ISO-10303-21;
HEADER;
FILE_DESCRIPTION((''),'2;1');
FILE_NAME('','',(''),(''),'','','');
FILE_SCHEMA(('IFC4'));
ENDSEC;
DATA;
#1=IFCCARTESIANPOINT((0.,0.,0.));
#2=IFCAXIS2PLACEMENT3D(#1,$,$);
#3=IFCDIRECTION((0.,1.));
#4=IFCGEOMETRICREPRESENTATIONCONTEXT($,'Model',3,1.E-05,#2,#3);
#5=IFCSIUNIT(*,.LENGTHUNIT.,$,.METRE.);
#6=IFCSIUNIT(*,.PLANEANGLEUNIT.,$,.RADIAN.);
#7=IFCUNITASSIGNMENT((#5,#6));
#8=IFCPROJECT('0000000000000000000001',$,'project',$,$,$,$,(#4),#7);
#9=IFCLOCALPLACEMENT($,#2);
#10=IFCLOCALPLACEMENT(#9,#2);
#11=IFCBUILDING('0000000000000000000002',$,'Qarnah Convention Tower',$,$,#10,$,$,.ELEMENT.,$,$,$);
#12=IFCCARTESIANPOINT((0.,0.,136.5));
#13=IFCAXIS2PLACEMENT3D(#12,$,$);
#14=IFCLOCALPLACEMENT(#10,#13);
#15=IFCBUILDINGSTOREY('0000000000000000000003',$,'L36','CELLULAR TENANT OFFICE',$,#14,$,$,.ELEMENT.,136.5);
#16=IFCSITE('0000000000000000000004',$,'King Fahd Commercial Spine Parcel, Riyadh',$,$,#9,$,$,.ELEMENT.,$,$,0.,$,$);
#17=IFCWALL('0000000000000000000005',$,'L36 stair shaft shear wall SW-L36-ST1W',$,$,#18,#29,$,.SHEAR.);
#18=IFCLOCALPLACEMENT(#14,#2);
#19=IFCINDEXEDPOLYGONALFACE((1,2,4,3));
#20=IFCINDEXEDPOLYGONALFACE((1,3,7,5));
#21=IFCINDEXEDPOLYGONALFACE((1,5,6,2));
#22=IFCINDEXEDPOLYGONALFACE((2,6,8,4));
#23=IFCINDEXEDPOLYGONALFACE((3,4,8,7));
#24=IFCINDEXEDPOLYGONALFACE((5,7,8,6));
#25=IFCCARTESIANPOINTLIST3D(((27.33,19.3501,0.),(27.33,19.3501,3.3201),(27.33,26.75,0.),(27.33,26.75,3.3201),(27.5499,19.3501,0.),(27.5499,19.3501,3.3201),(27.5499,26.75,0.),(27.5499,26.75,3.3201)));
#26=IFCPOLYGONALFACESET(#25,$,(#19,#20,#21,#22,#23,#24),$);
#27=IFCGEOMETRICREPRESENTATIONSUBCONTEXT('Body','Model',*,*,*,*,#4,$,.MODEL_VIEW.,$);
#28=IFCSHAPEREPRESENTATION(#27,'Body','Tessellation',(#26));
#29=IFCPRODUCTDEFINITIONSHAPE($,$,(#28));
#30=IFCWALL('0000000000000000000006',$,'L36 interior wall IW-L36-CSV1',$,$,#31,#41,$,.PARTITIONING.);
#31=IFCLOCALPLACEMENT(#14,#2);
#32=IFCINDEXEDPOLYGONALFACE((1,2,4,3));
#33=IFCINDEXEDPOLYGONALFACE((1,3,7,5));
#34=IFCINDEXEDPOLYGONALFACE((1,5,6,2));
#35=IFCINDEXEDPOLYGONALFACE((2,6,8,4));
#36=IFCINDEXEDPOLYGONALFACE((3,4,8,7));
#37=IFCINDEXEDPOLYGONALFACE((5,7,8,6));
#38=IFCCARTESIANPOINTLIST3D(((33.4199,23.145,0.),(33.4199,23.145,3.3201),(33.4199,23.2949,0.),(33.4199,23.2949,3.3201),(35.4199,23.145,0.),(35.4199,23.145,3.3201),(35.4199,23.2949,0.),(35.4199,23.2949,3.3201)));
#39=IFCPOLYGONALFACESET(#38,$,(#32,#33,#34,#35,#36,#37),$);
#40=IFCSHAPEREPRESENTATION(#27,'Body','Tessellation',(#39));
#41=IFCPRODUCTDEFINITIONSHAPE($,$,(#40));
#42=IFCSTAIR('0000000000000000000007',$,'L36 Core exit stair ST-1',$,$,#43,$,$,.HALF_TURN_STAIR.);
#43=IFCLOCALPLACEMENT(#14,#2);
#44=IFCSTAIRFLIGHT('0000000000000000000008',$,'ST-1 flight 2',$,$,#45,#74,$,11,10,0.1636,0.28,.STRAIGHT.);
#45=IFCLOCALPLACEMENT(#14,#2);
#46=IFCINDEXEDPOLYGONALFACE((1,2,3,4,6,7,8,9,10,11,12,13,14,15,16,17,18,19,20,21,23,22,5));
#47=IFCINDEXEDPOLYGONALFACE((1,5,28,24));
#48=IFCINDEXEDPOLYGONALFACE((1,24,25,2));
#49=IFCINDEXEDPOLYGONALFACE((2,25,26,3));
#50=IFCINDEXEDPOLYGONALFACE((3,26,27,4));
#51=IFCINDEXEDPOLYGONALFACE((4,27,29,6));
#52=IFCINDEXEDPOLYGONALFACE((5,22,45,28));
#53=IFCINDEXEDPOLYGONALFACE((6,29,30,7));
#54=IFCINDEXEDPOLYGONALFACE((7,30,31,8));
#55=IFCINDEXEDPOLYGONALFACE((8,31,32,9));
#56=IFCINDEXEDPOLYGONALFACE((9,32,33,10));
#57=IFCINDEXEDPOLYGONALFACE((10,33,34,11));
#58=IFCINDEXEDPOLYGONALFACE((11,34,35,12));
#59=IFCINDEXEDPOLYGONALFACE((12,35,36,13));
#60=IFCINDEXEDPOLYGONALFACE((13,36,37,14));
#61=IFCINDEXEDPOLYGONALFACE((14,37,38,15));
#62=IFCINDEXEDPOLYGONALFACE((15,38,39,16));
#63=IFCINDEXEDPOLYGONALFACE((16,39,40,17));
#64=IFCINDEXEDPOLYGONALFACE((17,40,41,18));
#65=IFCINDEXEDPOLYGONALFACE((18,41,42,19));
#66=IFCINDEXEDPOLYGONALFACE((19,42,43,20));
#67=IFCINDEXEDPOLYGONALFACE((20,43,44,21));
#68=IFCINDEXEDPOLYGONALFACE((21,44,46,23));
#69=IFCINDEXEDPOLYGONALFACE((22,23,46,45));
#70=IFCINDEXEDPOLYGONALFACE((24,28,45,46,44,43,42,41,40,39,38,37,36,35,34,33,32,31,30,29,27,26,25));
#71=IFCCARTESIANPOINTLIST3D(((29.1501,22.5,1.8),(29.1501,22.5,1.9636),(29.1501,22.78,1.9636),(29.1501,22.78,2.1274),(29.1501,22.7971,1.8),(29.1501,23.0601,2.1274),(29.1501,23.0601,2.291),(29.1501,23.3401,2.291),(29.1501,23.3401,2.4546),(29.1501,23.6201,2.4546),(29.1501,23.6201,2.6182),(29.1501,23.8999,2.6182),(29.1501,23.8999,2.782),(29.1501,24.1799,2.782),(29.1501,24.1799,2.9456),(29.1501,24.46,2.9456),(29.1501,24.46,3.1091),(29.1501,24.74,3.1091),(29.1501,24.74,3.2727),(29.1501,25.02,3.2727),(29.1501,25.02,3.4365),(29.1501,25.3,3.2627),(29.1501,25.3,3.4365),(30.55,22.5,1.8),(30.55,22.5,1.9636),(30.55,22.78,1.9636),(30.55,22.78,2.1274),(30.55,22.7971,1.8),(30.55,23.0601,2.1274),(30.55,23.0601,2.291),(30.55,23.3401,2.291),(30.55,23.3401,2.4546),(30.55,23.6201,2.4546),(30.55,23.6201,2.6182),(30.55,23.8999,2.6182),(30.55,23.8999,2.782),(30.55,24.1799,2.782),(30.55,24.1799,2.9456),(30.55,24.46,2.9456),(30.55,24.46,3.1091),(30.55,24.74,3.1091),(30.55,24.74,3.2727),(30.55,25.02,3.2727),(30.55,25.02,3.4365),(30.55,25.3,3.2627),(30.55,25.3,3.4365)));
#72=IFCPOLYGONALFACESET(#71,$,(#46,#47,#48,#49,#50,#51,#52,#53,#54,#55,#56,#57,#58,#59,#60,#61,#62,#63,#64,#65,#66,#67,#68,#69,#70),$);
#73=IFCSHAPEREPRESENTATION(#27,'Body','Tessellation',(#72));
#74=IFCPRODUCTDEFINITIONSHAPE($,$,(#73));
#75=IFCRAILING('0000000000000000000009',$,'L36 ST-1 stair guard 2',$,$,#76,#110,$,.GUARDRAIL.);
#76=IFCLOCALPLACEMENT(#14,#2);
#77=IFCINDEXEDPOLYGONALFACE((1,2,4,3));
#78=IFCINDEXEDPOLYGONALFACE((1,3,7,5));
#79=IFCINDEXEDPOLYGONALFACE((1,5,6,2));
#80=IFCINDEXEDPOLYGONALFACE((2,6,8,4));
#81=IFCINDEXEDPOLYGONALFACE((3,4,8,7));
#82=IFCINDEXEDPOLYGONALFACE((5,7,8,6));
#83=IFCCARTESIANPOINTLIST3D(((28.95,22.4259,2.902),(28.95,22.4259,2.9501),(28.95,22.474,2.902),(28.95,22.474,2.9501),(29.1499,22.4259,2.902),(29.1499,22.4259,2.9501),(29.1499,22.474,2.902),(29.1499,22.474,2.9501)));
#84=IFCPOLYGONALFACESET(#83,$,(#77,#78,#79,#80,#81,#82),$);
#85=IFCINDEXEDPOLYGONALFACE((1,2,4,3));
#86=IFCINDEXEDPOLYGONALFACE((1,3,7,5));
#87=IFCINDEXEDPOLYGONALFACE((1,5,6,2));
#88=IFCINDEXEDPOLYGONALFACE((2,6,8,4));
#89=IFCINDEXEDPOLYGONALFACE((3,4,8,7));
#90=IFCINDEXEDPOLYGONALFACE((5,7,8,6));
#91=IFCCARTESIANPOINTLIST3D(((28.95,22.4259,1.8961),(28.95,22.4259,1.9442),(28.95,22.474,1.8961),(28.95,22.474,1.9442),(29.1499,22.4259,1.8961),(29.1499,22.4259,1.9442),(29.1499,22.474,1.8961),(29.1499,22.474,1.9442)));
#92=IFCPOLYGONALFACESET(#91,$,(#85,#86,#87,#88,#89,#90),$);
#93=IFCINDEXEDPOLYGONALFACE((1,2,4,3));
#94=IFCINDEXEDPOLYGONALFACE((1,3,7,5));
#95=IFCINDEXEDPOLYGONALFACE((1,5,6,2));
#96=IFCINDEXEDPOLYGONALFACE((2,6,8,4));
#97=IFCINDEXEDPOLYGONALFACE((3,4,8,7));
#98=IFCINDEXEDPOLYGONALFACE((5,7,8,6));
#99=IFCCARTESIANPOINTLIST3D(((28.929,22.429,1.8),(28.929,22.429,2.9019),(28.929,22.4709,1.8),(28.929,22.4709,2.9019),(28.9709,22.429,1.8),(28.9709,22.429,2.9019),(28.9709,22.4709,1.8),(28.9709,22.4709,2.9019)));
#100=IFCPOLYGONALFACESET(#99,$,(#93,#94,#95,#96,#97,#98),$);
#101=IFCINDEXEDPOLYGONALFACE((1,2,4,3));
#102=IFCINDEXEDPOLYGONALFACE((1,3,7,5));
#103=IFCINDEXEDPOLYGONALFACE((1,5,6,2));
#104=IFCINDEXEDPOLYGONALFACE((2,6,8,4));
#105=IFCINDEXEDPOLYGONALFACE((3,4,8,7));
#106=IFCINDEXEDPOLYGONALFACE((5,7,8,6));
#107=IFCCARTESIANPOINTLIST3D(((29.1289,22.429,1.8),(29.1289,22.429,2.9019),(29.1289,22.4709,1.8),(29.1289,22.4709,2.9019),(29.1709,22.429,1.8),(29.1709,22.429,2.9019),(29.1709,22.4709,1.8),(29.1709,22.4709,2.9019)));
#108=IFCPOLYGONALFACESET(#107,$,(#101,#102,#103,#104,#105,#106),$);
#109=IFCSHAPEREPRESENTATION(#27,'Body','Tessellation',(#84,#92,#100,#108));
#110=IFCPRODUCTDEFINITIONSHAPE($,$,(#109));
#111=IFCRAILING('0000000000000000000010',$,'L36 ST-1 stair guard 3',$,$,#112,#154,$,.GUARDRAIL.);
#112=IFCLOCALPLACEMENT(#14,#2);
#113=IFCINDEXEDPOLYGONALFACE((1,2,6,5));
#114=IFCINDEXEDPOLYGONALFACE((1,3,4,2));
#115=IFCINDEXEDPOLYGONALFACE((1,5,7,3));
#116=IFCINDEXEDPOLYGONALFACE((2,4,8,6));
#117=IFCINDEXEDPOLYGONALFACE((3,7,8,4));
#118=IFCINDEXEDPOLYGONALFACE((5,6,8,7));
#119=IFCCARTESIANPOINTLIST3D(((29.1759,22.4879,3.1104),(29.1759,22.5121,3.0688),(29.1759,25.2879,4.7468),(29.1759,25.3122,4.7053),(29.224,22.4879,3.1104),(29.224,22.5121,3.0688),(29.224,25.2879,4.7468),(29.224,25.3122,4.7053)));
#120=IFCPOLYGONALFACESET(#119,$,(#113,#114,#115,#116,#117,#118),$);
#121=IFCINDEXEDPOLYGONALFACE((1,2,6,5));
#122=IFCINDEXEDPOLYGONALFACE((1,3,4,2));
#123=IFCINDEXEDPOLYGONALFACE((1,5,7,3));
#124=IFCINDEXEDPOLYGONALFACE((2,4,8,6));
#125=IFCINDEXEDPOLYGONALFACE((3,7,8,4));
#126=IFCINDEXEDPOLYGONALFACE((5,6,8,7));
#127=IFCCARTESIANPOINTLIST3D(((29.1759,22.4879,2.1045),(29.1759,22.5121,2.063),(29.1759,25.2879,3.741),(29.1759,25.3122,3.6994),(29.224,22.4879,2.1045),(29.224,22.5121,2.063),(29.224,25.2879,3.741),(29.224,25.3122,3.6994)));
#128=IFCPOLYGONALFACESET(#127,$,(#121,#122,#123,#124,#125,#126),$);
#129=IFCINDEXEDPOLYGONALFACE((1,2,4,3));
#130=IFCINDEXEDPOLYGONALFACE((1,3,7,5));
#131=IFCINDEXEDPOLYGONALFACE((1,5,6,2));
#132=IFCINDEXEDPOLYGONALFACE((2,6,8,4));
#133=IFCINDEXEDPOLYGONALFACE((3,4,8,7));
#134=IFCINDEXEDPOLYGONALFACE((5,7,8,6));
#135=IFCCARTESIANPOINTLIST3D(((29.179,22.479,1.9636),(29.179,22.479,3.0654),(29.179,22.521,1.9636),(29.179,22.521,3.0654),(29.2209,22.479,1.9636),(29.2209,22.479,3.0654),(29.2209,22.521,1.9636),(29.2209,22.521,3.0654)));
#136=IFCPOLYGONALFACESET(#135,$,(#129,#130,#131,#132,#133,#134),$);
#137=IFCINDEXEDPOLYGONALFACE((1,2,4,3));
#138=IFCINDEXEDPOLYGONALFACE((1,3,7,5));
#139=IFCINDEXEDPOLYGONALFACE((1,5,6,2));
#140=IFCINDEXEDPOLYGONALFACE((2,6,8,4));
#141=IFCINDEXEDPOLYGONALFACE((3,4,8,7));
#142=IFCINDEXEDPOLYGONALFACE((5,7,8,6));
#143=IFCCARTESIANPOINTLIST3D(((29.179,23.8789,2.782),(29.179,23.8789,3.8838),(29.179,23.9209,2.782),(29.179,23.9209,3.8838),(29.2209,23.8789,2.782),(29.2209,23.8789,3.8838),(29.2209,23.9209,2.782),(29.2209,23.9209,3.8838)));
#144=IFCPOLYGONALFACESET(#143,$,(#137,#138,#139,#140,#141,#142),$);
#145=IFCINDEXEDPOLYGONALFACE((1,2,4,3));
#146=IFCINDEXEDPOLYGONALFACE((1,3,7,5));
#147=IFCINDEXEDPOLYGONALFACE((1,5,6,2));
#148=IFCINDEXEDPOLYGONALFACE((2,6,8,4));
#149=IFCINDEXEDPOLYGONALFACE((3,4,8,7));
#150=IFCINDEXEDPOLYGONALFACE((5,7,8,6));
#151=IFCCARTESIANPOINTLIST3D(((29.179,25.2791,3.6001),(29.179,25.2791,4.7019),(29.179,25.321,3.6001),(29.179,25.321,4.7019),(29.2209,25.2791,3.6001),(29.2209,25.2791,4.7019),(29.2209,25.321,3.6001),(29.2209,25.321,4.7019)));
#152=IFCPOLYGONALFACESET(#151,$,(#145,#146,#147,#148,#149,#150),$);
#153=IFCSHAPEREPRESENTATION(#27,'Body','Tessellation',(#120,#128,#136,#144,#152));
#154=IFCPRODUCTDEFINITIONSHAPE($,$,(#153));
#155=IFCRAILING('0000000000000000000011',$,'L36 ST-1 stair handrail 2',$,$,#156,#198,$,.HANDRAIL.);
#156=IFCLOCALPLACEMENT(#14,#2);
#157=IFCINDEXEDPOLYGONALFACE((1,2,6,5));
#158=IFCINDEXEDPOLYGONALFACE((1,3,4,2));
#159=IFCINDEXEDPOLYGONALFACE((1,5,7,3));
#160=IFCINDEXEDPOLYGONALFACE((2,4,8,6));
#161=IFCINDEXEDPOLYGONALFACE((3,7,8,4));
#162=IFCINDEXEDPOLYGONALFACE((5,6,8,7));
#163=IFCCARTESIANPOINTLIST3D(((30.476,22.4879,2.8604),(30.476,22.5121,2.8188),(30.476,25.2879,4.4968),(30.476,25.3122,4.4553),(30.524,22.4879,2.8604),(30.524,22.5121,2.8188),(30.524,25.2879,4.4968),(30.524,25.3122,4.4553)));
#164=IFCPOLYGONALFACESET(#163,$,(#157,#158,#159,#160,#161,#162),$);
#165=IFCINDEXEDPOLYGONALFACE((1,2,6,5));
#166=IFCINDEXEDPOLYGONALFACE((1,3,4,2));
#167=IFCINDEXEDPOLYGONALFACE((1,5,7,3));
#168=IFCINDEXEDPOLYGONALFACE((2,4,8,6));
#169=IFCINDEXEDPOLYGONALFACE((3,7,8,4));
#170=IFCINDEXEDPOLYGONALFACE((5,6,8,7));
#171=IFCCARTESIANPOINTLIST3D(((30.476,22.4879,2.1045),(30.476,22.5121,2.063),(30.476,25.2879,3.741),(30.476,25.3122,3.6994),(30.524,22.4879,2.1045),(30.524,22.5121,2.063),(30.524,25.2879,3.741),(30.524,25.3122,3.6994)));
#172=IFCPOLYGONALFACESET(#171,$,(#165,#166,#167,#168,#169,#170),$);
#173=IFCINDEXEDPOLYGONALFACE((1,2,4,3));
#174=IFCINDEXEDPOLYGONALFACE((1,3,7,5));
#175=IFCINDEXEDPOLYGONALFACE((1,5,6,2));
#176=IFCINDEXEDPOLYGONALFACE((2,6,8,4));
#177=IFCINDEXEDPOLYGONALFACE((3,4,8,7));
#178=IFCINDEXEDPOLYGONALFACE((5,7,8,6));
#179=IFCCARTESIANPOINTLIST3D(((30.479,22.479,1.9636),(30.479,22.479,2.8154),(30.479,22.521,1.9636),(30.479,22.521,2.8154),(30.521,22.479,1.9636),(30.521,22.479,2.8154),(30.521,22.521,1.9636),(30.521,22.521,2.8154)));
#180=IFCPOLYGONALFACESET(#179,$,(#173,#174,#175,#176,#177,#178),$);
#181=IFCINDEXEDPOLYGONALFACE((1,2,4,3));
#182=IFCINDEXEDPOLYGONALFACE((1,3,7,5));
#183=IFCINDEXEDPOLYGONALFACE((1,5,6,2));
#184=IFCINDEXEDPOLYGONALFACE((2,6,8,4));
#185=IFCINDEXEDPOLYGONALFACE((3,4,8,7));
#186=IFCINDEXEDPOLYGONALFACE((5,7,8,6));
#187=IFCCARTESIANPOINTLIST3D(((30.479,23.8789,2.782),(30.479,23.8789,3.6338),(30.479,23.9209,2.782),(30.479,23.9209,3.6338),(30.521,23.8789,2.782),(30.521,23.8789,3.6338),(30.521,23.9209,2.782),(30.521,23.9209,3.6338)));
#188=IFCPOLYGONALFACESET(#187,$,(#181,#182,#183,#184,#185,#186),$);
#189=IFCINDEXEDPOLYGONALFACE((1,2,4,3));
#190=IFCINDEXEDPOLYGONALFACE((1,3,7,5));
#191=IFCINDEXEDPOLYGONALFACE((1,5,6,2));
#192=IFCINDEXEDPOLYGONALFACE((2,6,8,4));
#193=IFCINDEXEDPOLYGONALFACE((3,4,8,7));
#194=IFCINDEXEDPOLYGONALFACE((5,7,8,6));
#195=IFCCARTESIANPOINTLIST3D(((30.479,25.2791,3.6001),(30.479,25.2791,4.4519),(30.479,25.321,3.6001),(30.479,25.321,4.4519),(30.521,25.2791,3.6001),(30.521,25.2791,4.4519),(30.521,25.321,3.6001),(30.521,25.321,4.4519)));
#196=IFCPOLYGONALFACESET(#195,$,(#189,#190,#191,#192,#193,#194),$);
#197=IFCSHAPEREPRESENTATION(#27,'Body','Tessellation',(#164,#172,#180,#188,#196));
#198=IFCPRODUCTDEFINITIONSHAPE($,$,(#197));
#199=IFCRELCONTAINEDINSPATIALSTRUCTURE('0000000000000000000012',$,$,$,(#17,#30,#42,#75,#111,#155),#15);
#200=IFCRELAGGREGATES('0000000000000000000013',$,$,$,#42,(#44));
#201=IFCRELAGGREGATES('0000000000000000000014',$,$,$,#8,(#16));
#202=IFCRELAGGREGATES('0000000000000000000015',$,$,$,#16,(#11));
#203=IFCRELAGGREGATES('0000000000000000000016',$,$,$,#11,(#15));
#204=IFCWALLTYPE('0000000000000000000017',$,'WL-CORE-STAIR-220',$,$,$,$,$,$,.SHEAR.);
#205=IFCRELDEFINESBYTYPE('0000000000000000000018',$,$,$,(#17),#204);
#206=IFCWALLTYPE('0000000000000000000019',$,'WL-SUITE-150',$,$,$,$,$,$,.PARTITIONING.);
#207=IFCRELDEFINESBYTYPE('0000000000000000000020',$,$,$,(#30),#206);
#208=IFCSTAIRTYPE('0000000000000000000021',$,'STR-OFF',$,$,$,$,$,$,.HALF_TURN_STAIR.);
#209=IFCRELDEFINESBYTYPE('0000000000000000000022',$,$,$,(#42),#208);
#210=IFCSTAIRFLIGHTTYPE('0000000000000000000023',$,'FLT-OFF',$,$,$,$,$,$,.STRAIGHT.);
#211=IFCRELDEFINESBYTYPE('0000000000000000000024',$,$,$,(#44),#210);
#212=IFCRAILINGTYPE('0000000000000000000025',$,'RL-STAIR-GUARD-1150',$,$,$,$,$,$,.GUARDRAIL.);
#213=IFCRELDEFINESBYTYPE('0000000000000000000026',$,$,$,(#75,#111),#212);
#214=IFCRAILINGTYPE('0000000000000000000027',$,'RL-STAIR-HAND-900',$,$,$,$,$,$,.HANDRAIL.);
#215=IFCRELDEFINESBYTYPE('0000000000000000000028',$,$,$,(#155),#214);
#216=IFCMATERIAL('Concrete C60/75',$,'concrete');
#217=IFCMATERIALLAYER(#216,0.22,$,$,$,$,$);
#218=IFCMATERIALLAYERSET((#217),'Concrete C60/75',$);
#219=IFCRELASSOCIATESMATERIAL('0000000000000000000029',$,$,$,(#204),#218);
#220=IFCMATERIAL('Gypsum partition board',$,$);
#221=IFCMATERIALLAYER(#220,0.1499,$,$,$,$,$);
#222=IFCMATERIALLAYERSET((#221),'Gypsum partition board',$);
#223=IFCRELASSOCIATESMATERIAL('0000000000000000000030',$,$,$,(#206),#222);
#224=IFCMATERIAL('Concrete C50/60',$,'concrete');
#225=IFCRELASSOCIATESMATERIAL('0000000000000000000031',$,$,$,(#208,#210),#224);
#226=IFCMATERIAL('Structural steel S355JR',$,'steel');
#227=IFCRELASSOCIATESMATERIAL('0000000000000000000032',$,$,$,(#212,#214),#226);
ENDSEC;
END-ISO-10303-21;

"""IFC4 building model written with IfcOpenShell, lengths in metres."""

from ifc_helpers import new_model, si_unit, direction, frame, frame_2d, origin, origin_2d, place, context, subcontext, project, spatial, polyline, rectangle, outline, extrude, material, layer, layer_set, type_object, element, aggregate, save


model = new_model("IFC4")

# Units and contexts
model_context = context("Model", 3, precision=1e-05, world=origin(), true_north=direction((0.0, 1.0)))
body_context = subcontext(model_context, "Body", "Model", "MODEL_VIEW")
ifc_project = project(units=[si_unit("LENGTHUNIT", "METRE"), si_unit("PLANEANGLEUNIT", "RADIAN")], contexts=[model_context])

# Site, building, storey
site_placement = place(None, origin())
site = spatial("IfcSite", under=ifc_project, at=site_placement, Name="King Fahd Commercial Spine Parcel, Riyadh", CompositionType="ELEMENT", RefElevation=0.0)
building_placement = place(site_placement, origin())
building = spatial("IfcBuilding", under=site, at=building_placement, Name="Qarnah Convention Tower", CompositionType="ELEMENT")
storey_placement = place(building_placement, frame((0.0, 0.0, 136.5)))
storey = spatial("IfcBuildingStorey", under=building, at=storey_placement, Name="L36", Description="CELLULAR TENANT OFFICE", CompositionType="ELEMENT", Elevation=136.5)

# Shared definitions
ifc_material_1 = material(Name="Structural steel S355JR", Category="steel")

# Walls
ifc_material_2 = material(Name="Concrete C60/75", Category="concrete")
ifc_layer_1 = layer(ifc_material_2, 0.22)
ifc_layer_set_1 = layer_set([ifc_layer_1], Name="Concrete C60/75")
wall_type_1 = type_object("IfcWallType", Name="WL-CORE-STAIR-220", PredefinedType="SHEAR", material=ifc_layer_set_1)
wall_1_placement = place(storey_placement, frame((27.4399, 19.3501, 0.0), z_axis=(0.0, 0.0, 1.0), x_axis=(0.0, 1.0, 0.0)))
element("IfcWall", 1, at=wall_1_placement, inside=storey, type_object=wall_type_1, Name="L36 stair shaft shear wall SW-L36-ST1W", PredefinedType="SHEAR", context=body_context, shape_type="SweptSolid", body=[
    extrude(rectangle(XDim=7.3999, YDim=0.22, at=frame_2d((3.7, 0.0))), origin(), (0.0, 0.0, 1.0), 3.3201),
])
ifc_material_3 = material(Name="Gypsum partition board")
ifc_layer_2 = layer(ifc_material_3, 0.1499)
ifc_layer_set_2 = layer_set([ifc_layer_2], Name="Gypsum partition board")
wall_type_2 = type_object("IfcWallType", Name="WL-SUITE-150", PredefinedType="PARTITIONING", material=ifc_layer_set_2)
wall_2_placement = place(storey_placement, frame((33.4199, 23.22, 0.0), z_axis=(0.0, 0.0, 1.0), x_axis=(1.0, 0.0, 0.0)))
element("IfcWall", 2, at=wall_2_placement, inside=storey, type_object=wall_type_2, Name="L36 interior wall IW-L36-CSV1", PredefinedType="PARTITIONING", context=body_context, shape_type="SweptSolid", body=[
    extrude(rectangle(XDim=2.0, YDim=0.1499, at=frame_2d((1.0, 0.0))), origin(), (0.0, 0.0, 1.0), 3.3201),
])

# Stair, stair flight
ifc_material_4 = material(Name="Concrete C50/60", Category="concrete")
stair_type = type_object("IfcStairType", Name="STR-OFF", PredefinedType="HALF_TURN_STAIR", material=ifc_material_4)
stair_placement = place(storey_placement, origin())
stair = element("IfcStair", 3, at=stair_placement, inside=storey, type_object=stair_type, Name="L36 Core exit stair ST-1", PredefinedType="HALF_TURN_STAIR")
stair_flight_type = type_object("IfcStairFlightType", Name="FLT-OFF", PredefinedType="STRAIGHT", material=ifc_material_4)
stair_flight_placement = place(storey_placement, frame((29.8501, 22.5, 1.8), z_axis=(0.0, 0.0, 1.0), x_axis=(0.0, 1.0, 0.0)))
stair_flight = element("IfcStairFlight", 4, at=stair_flight_placement, type_object=stair_flight_type, Name="ST-1 flight 2", NumberOfRisers=11, NumberOfTreads=10, PredefinedType="STRAIGHT", RiserHeight=0.1636, TreadLength=0.28, context=body_context, shape_type="SweptSolid", body=[
    extrude(outline(polyline([(0.0, 0.0), (0.0, 0.1636), (0.28, 0.1636), (0.28, 0.3274), (0.5601, 0.3274), (0.5601, 0.491), (0.8401, 0.491), (0.8401, 0.6545), (1.1201, 0.6545), (1.1201, 0.8181), (1.3999, 0.8181), (1.3999, 0.9819), (1.6799, 0.9819), (1.6799, 1.1455), (1.96, 1.1455), (1.96, 1.3091), (2.24, 1.3091), (2.24, 1.4727), (2.52, 1.4727), (2.52, 1.6365), (2.8, 1.6365), (2.8, 1.8), (2.8, 1.4626), (0.2971, 0.0), (0.0, 0.0)])), frame((0.0, 0.7, 0.0), z_axis=(0.0, -1.0, 0.0), x_axis=(1.0, 0.0, 0.0)), (0.0, 0.0, 1.0), 1.3999),
])
aggregate(stair, [stair_flight])

# Railings
railing_type_1 = type_object("IfcRailingType", Name="RL-STAIR-GUARD-1150", PredefinedType="GUARDRAIL", material=ifc_material_1)
railing_1_placement = place(storey_placement, frame((28.95, 22.45, 1.8)))
element("IfcRailing", 5, at=railing_1_placement, inside=storey, type_object=railing_type_1, Name="L36 ST-1 stair guard 2", PredefinedType="GUARDRAIL", context=body_context, shape_type="SweptSolid", body=[
    extrude(rectangle(XDim=0.0481, YDim=0.0481, at=origin_2d()), frame((0.0, 0.0, 1.126), z_axis=(1.0, 0.0, 0.0), x_axis=(0.0, 1.0, 0.0)), (0.0, 0.0, 1.0), 0.2),
    extrude(rectangle(XDim=0.0481, YDim=0.0481, at=origin_2d()), frame((0.0, 0.0, 0.1201), z_axis=(1.0, 0.0, 0.0), x_axis=(0.0, 1.0, 0.0)), (0.0, 0.0, 1.0), 0.2),
    extrude(rectangle(XDim=0.042, YDim=0.042, at=origin_2d()), origin(), (0.0, 0.0, 1.0), 1.1018),
    extrude(rectangle(XDim=0.042, YDim=0.042, at=origin_2d()), frame((0.2, 0.0, 0.0)), (0.0, 0.0, 1.0), 1.1018),
])
railing_2_placement = place(storey_placement, frame((29.2, 22.5, 1.9636)))
element("IfcRailing", 6, at=railing_2_placement, inside=storey, type_object=railing_type_1, Name="L36 ST-1 stair guard 3", PredefinedType="GUARDRAIL", context=body_context, shape_type="SweptSolid", body=[
    extrude(rectangle(XDim=0.0481, YDim=0.0481, at=origin_2d()), frame((0.0, 0.0, 1.126), z_axis=(0.0, 0.863361, 0.504587), x_axis=(-1.0, 0.0, 0.0)), (0.0, 0.0, 1.0), 3.2432),
    extrude(rectangle(XDim=0.0481, YDim=0.0481, at=origin_2d()), frame((0.0, 0.0, 0.1201), z_axis=(0.0, 0.863361, 0.504587), x_axis=(-1.0, 0.0, 0.0)), (0.0, 0.0, 1.0), 3.2432),
    extrude(rectangle(XDim=0.042, YDim=0.042, at=origin_2d()), origin(), (0.0, 0.0, 1.0), 1.1018),
    extrude(rectangle(XDim=0.042, YDim=0.042, at=origin_2d()), frame((0.0, 1.3999, 0.8184)), (0.0, 0.0, 1.0), 1.1018),
    extrude(rectangle(XDim=0.042, YDim=0.042, at=origin_2d()), frame((0.0, 2.8, 1.6365)), (0.0, 0.0, 1.0), 1.1018),
])
railing_type_2 = type_object("IfcRailingType", Name="RL-STAIR-HAND-900", PredefinedType="HANDRAIL", material=ifc_material_1)
railing_3_placement = place(storey_placement, frame((30.5, 22.5, 1.9636)))
element("IfcRailing", 7, at=railing_3_placement, inside=storey, type_object=railing_type_2, Name="L36 ST-1 stair handrail 2", PredefinedType="HANDRAIL", context=body_context, shape_type="SweptSolid", body=[
    extrude(rectangle(XDim=0.0481, YDim=0.0481, at=origin_2d()), frame((0.0, 0.0, 0.876), z_axis=(0.0, 0.863361, 0.504587), x_axis=(-1.0, 0.0, 0.0)), (0.0, 0.0, 1.0), 3.2432),
    extrude(rectangle(XDim=0.0481, YDim=0.0481, at=origin_2d()), frame((0.0, 0.0, 0.1201), z_axis=(0.0, 0.863361, 0.504587), x_axis=(-1.0, 0.0, 0.0)), (0.0, 0.0, 1.0), 3.2432),
    extrude(rectangle(XDim=0.042, YDim=0.042, at=origin_2d()), origin(), (0.0, 0.0, 1.0), 0.8518),
    extrude(rectangle(XDim=0.042, YDim=0.042, at=origin_2d()), frame((0.0, 1.3999, 0.8184)), (0.0, 0.0, 1.0), 0.8518),
    extrude(rectangle(XDim=0.042, YDim=0.042, at=origin_2d()), frame((0.0, 2.8, 1.6365)), (0.0, 0.0, 1.0), 0.8518),
])

save(model, "model.ifc")
